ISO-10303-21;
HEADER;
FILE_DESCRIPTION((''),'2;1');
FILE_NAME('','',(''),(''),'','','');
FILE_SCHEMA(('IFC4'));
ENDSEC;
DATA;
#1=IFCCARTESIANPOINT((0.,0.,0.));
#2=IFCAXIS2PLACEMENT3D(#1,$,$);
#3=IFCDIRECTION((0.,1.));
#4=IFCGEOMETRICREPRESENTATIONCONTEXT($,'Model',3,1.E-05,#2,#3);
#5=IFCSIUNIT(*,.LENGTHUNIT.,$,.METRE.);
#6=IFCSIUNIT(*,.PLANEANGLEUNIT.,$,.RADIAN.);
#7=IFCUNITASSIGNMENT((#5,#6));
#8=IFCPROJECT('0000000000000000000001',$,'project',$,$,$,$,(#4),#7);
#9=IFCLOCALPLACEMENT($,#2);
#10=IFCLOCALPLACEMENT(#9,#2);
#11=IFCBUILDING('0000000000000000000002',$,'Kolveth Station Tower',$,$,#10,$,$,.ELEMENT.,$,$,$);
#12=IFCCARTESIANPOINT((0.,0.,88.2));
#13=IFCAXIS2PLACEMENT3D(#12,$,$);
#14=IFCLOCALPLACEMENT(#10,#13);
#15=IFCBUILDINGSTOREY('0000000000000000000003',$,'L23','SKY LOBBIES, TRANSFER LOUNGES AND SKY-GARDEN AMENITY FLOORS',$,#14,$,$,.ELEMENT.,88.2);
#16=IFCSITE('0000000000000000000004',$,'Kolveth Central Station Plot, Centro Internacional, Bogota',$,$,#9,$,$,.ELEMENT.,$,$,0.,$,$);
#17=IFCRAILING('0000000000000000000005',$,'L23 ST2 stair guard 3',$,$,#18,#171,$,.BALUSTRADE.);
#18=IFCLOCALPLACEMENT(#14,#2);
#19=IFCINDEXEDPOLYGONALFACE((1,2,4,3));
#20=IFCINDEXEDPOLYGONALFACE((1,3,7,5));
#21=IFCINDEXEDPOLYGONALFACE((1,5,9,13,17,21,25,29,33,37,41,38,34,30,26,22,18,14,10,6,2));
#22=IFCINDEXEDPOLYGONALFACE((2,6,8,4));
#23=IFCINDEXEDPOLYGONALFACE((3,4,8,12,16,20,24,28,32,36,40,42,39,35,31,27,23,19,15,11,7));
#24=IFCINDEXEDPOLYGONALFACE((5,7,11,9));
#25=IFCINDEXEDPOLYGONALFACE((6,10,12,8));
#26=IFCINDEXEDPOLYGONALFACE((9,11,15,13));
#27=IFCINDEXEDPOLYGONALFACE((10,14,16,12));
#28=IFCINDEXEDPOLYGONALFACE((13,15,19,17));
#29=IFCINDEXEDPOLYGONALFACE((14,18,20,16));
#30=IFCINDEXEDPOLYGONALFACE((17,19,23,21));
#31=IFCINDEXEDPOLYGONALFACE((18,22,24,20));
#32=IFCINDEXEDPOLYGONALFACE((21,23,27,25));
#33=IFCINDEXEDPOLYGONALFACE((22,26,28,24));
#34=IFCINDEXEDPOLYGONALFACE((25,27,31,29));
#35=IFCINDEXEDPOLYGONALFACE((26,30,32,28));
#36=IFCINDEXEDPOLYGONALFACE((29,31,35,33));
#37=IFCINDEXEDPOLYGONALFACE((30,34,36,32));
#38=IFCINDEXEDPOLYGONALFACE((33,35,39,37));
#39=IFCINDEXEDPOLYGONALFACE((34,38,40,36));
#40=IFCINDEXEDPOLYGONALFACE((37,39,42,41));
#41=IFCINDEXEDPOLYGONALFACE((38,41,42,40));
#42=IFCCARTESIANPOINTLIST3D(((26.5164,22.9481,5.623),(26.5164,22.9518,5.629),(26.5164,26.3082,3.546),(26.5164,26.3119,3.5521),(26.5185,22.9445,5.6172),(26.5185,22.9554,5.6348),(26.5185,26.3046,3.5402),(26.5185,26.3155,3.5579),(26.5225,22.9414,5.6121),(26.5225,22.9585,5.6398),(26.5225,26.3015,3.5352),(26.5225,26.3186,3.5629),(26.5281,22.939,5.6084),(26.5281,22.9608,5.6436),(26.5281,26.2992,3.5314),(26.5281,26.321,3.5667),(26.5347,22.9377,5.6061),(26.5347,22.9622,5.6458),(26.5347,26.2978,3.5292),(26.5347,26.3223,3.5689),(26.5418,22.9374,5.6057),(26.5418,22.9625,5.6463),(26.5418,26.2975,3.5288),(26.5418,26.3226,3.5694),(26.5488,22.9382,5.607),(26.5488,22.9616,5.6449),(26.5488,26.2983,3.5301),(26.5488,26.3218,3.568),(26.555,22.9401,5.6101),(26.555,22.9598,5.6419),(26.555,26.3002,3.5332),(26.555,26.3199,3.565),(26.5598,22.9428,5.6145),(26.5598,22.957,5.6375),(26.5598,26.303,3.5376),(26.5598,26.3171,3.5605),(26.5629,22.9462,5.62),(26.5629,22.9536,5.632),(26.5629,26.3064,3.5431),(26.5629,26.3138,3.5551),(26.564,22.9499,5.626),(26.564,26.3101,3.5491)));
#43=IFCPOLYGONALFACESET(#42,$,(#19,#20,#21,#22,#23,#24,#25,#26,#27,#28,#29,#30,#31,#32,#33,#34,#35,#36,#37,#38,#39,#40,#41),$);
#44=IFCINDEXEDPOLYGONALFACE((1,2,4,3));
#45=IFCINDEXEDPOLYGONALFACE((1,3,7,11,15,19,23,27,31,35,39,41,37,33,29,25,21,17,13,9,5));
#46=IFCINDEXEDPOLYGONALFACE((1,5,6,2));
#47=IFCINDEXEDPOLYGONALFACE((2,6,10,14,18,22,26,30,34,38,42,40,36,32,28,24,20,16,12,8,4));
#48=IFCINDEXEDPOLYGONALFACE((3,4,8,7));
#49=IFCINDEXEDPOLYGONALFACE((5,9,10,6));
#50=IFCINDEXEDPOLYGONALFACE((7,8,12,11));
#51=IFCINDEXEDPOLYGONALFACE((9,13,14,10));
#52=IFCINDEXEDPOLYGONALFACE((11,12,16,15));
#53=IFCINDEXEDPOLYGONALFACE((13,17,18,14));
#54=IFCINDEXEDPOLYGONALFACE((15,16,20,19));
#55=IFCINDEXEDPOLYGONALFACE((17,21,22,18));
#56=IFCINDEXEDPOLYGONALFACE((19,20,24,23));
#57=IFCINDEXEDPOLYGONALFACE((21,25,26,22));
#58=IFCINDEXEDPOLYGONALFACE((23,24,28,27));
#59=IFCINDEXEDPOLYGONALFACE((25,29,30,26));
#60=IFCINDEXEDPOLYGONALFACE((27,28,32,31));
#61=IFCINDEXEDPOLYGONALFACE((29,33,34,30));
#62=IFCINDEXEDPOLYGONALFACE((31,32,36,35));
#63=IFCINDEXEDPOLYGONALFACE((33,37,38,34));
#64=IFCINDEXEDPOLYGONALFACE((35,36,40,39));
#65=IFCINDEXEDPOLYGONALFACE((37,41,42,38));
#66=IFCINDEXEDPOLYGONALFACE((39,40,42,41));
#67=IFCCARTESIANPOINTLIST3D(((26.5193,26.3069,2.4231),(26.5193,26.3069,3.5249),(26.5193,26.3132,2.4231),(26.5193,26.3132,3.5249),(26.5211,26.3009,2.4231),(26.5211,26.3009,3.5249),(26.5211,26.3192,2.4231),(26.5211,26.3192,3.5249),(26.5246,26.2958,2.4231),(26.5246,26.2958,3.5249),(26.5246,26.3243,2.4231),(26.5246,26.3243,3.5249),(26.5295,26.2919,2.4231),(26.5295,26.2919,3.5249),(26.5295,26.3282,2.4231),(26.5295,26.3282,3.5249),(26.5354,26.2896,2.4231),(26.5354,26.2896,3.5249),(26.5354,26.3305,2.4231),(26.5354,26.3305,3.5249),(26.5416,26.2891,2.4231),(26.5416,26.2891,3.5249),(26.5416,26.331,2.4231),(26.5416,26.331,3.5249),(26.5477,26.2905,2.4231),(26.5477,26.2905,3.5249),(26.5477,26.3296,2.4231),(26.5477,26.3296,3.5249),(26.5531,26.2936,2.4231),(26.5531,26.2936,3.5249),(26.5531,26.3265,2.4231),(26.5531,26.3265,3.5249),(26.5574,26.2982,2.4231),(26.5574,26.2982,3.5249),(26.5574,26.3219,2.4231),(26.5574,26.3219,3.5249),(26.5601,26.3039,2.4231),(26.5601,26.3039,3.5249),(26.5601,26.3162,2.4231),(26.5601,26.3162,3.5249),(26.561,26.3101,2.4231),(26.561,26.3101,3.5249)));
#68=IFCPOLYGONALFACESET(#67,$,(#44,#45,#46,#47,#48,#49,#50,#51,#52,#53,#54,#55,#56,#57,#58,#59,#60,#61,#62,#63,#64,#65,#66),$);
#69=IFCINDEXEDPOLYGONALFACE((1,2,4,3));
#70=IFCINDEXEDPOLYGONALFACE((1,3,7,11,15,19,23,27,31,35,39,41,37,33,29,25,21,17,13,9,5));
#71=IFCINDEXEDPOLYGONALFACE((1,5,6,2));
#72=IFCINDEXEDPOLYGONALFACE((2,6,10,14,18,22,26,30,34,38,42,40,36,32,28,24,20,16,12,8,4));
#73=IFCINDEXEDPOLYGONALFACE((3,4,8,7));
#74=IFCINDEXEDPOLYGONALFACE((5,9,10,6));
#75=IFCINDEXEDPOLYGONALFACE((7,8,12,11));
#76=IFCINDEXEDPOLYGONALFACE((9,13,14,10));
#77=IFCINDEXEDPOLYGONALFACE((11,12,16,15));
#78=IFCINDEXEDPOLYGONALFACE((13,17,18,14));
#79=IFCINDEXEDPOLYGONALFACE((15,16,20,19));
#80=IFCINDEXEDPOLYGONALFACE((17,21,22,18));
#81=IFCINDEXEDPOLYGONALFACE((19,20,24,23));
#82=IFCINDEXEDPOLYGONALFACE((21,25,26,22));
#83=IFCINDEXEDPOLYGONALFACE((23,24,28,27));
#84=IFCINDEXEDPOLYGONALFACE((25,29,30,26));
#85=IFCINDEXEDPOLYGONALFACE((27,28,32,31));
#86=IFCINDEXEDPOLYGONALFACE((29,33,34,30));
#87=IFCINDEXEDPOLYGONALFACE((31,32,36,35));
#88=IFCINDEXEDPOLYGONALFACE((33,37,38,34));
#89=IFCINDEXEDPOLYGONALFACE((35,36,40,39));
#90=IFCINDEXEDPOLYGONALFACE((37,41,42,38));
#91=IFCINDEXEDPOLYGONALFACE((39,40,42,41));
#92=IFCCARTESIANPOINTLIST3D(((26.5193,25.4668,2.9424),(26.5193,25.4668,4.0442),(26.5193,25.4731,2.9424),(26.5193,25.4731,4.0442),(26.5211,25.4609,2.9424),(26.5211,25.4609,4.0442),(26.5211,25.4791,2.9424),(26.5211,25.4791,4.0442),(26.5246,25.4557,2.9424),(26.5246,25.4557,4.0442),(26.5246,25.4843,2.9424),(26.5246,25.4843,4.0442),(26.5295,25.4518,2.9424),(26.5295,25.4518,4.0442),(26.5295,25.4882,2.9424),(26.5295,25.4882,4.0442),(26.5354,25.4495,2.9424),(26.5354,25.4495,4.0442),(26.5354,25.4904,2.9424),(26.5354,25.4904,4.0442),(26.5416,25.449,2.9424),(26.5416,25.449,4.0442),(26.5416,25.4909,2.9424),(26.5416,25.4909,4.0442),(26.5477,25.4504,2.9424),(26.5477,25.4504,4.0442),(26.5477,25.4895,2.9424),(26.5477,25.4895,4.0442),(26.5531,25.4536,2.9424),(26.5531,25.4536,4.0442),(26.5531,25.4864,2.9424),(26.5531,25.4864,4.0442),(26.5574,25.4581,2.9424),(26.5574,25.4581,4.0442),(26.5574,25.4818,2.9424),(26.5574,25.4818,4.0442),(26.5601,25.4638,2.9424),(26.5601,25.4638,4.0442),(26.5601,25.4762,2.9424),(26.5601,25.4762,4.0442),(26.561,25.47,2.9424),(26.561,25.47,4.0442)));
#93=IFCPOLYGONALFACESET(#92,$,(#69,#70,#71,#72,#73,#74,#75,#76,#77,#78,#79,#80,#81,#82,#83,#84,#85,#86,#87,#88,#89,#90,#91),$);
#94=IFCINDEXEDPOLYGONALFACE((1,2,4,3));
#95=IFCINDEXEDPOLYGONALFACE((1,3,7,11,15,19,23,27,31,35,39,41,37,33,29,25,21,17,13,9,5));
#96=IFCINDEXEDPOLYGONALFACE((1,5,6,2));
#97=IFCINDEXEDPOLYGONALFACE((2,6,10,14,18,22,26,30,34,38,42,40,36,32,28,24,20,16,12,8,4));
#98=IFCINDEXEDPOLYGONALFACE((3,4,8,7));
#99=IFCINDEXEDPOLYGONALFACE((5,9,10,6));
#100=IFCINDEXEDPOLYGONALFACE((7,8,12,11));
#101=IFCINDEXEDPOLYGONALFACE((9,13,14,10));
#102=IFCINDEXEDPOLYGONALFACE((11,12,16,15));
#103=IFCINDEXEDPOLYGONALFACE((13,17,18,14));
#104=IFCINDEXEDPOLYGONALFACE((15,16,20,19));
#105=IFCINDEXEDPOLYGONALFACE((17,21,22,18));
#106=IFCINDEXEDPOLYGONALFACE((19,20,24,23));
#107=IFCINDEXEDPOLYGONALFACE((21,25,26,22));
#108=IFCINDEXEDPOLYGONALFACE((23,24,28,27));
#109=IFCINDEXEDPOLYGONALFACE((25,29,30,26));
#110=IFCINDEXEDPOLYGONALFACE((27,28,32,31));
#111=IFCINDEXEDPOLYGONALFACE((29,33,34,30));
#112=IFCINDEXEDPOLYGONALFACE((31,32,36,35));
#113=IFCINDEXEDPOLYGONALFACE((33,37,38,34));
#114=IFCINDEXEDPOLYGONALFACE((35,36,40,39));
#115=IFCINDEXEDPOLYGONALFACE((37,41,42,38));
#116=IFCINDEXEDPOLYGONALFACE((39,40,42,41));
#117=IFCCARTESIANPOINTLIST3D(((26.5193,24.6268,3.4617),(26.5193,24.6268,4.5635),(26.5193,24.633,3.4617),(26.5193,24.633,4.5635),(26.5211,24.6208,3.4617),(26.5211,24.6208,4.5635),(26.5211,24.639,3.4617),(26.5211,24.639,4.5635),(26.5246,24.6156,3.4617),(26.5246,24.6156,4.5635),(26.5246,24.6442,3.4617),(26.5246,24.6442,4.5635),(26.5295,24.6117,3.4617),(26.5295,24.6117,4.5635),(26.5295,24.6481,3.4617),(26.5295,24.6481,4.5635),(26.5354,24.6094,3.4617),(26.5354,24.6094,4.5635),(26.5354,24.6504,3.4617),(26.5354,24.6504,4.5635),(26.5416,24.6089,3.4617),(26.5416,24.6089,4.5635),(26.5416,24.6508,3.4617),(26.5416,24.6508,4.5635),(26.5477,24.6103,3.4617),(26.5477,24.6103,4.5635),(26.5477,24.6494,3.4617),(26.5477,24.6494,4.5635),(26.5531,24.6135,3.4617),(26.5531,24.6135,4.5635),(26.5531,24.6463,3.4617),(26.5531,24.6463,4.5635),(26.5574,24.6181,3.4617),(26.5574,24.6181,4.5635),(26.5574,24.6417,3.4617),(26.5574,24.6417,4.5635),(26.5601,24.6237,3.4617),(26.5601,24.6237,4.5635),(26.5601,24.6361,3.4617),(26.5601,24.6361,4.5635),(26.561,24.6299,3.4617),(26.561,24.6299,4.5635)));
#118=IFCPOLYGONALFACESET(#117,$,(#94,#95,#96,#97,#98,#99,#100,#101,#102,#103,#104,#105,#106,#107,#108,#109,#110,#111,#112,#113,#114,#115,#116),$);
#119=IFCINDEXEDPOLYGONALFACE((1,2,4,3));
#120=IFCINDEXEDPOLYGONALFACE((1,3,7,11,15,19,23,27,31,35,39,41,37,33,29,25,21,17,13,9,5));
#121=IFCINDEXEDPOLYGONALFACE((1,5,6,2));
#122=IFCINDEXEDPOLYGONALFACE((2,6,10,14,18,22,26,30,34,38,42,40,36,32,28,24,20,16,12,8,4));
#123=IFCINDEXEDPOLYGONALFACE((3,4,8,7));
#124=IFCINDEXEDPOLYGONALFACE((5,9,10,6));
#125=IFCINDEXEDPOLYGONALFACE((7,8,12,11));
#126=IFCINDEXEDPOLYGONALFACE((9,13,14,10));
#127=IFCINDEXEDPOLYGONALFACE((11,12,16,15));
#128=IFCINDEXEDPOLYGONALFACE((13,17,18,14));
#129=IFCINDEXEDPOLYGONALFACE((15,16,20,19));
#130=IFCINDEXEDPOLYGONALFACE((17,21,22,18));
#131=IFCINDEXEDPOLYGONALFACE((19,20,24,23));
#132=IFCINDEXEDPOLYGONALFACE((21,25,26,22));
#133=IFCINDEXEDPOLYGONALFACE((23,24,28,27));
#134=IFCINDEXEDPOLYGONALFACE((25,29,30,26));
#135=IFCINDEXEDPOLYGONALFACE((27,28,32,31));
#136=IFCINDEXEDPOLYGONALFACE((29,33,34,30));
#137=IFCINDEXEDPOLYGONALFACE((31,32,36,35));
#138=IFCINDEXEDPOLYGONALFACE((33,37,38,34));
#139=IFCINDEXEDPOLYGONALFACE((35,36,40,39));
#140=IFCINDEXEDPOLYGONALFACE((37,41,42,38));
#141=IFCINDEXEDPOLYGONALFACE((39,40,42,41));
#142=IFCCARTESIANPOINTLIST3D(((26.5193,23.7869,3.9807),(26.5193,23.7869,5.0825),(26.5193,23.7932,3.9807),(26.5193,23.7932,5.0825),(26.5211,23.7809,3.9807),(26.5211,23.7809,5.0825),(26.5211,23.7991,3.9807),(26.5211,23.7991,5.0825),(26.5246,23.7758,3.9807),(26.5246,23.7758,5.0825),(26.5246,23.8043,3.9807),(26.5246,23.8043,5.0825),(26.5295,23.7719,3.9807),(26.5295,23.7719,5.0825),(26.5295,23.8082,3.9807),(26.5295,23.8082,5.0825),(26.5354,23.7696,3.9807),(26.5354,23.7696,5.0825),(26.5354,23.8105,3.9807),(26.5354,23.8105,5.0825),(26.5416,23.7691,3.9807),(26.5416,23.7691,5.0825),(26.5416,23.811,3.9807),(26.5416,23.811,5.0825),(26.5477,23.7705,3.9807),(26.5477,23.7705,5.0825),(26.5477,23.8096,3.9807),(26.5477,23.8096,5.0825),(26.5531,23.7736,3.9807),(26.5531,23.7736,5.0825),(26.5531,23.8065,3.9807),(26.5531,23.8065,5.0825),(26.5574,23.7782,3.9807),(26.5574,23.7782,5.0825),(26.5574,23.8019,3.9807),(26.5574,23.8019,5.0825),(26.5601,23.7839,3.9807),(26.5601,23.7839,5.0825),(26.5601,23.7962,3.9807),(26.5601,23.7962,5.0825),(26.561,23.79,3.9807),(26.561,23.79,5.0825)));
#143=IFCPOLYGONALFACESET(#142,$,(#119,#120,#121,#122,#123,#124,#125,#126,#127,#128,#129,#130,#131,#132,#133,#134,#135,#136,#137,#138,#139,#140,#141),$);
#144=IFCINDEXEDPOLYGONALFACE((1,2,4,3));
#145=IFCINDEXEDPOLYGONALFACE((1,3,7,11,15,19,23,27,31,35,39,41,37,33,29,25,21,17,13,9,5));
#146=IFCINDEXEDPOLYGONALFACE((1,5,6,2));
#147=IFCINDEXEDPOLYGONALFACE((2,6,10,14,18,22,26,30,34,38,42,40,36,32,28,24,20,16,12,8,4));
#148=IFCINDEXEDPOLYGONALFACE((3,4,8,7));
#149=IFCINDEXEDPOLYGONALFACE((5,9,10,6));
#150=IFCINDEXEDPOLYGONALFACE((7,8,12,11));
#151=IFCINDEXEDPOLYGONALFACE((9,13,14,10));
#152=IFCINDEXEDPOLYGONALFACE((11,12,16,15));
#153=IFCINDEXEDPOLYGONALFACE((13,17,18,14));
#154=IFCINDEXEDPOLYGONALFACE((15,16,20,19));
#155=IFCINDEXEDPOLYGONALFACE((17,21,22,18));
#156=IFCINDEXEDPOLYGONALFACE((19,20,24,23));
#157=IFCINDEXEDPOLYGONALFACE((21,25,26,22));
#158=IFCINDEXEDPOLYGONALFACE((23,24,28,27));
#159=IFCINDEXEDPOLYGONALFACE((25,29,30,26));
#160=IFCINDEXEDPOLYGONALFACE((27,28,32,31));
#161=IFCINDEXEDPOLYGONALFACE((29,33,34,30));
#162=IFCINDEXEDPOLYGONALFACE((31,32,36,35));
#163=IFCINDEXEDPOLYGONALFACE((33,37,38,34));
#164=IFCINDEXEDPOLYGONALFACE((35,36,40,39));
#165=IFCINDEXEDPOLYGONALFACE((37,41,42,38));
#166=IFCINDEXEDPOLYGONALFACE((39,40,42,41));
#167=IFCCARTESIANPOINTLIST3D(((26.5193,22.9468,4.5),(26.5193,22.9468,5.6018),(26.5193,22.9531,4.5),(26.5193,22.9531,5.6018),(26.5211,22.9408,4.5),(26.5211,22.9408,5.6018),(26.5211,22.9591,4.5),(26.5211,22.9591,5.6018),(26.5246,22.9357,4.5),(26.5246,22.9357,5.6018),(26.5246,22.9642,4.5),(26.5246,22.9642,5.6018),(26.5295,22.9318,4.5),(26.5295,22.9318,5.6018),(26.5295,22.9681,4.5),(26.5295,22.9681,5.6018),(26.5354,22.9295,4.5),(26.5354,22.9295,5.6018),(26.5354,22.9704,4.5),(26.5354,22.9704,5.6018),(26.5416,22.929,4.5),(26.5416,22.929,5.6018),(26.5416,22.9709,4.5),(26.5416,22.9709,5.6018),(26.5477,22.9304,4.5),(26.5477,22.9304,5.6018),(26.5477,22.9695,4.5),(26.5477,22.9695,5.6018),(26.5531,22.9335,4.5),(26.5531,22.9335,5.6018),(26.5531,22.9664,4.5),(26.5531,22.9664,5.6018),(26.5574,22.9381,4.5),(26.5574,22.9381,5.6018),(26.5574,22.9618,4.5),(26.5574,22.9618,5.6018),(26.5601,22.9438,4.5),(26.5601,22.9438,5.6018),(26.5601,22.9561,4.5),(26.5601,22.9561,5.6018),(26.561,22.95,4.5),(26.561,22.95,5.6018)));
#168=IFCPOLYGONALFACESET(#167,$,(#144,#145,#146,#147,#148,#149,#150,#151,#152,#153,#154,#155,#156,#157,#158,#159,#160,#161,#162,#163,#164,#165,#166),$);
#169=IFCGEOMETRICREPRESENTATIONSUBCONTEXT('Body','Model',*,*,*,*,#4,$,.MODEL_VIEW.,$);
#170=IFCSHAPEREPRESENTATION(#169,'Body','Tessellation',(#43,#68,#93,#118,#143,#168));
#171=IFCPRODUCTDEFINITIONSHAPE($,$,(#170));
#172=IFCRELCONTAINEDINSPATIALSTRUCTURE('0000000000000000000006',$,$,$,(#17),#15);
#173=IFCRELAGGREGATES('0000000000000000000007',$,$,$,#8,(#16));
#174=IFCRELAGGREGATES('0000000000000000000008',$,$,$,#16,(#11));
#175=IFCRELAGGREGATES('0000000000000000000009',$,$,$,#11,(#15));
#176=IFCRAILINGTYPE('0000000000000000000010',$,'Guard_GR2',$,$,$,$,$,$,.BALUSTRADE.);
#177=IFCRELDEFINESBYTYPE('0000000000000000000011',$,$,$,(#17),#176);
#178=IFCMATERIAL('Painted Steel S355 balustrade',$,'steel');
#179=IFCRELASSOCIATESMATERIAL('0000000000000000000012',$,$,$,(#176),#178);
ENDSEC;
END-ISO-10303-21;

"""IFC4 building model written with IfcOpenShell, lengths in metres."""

from ifc_helpers import new_model, si_unit, direction, frame, origin, origin_2d, place, context, subcontext, project, spatial, circle, extrude, material, type_object, element, save


model = new_model("IFC4")

# Units and contexts
model_context = context("Model", 3, precision=1e-05, world=origin(), true_north=direction((0.0, 1.0)))
body_context = subcontext(model_context, "Body", "Model", "MODEL_VIEW")
ifc_project = project(units=[si_unit("LENGTHUNIT", "METRE"), si_unit("PLANEANGLEUNIT", "RADIAN")], contexts=[model_context])

# Site, building, storey
site_placement = place(None, origin())
site = spatial("IfcSite", under=ifc_project, at=site_placement, Name="Kolveth Central Station Plot, Centro Internacional, Bogota", CompositionType="ELEMENT", RefElevation=0.0)
building_placement = place(site_placement, origin())
building = spatial("IfcBuilding", under=site, at=building_placement, Name="Kolveth Station Tower", CompositionType="ELEMENT")
storey_placement = place(building_placement, frame((0.0, 0.0, 88.2)))
storey = spatial("IfcBuildingStorey", under=building, at=storey_placement, Name="L23", Description="SKY LOBBIES, TRANSFER LOUNGES AND SKY-GARDEN AMENITY FLOORS", CompositionType="ELEMENT", Elevation=88.2)

# Railing
ifc_material_1 = material(Name="Painted Steel S355 balustrade", Category="steel")
railing_type_1 = type_object("IfcRailingType", Name="Guard_GR2", PredefinedType="BALUSTRADE", material=ifc_material_1)
railing_1_placement = place(storey_placement, frame((26.54, 26.3101, 2.4231)))
element("IfcRailing", 1, at=railing_1_placement, inside=storey, type_object=railing_type_1, Name="L23 ST2 stair guard 3", PredefinedType="BALUSTRADE", context=body_context, shape_type="SweptSolid", body=[
    extrude(circle(Radius=0.0239, at=origin_2d()), frame((0.0, 0.0, 1.126), z_axis=(0.0, -0.850623, 0.525776), x_axis=(1.0, 0.0, 0.0)), (0.0, 0.0, 1.0), 3.9502),
    extrude(circle(Radius=0.021, at=origin_2d()), origin(), (0.0, 0.0, 1.0), 1.1018),
    extrude(circle(Radius=0.021, at=origin_2d()), frame((0.0, -0.8401, 0.5193)), (0.0, 0.0, 1.0), 1.1018),
    extrude(circle(Radius=0.021, at=origin_2d()), frame((0.0, -1.6802, 1.0386)), (0.0, 0.0, 1.0), 1.1018),
    extrude(circle(Radius=0.021, at=origin_2d()), frame((0.0, -2.52, 1.5576)), (0.0, 0.0, 1.0), 1.1018),
    extrude(circle(Radius=0.021, at=origin_2d()), frame((0.0, -3.3601, 2.0769)), (0.0, 0.0, 1.0), 1.1018),
])

save(model, "model.ifc")
